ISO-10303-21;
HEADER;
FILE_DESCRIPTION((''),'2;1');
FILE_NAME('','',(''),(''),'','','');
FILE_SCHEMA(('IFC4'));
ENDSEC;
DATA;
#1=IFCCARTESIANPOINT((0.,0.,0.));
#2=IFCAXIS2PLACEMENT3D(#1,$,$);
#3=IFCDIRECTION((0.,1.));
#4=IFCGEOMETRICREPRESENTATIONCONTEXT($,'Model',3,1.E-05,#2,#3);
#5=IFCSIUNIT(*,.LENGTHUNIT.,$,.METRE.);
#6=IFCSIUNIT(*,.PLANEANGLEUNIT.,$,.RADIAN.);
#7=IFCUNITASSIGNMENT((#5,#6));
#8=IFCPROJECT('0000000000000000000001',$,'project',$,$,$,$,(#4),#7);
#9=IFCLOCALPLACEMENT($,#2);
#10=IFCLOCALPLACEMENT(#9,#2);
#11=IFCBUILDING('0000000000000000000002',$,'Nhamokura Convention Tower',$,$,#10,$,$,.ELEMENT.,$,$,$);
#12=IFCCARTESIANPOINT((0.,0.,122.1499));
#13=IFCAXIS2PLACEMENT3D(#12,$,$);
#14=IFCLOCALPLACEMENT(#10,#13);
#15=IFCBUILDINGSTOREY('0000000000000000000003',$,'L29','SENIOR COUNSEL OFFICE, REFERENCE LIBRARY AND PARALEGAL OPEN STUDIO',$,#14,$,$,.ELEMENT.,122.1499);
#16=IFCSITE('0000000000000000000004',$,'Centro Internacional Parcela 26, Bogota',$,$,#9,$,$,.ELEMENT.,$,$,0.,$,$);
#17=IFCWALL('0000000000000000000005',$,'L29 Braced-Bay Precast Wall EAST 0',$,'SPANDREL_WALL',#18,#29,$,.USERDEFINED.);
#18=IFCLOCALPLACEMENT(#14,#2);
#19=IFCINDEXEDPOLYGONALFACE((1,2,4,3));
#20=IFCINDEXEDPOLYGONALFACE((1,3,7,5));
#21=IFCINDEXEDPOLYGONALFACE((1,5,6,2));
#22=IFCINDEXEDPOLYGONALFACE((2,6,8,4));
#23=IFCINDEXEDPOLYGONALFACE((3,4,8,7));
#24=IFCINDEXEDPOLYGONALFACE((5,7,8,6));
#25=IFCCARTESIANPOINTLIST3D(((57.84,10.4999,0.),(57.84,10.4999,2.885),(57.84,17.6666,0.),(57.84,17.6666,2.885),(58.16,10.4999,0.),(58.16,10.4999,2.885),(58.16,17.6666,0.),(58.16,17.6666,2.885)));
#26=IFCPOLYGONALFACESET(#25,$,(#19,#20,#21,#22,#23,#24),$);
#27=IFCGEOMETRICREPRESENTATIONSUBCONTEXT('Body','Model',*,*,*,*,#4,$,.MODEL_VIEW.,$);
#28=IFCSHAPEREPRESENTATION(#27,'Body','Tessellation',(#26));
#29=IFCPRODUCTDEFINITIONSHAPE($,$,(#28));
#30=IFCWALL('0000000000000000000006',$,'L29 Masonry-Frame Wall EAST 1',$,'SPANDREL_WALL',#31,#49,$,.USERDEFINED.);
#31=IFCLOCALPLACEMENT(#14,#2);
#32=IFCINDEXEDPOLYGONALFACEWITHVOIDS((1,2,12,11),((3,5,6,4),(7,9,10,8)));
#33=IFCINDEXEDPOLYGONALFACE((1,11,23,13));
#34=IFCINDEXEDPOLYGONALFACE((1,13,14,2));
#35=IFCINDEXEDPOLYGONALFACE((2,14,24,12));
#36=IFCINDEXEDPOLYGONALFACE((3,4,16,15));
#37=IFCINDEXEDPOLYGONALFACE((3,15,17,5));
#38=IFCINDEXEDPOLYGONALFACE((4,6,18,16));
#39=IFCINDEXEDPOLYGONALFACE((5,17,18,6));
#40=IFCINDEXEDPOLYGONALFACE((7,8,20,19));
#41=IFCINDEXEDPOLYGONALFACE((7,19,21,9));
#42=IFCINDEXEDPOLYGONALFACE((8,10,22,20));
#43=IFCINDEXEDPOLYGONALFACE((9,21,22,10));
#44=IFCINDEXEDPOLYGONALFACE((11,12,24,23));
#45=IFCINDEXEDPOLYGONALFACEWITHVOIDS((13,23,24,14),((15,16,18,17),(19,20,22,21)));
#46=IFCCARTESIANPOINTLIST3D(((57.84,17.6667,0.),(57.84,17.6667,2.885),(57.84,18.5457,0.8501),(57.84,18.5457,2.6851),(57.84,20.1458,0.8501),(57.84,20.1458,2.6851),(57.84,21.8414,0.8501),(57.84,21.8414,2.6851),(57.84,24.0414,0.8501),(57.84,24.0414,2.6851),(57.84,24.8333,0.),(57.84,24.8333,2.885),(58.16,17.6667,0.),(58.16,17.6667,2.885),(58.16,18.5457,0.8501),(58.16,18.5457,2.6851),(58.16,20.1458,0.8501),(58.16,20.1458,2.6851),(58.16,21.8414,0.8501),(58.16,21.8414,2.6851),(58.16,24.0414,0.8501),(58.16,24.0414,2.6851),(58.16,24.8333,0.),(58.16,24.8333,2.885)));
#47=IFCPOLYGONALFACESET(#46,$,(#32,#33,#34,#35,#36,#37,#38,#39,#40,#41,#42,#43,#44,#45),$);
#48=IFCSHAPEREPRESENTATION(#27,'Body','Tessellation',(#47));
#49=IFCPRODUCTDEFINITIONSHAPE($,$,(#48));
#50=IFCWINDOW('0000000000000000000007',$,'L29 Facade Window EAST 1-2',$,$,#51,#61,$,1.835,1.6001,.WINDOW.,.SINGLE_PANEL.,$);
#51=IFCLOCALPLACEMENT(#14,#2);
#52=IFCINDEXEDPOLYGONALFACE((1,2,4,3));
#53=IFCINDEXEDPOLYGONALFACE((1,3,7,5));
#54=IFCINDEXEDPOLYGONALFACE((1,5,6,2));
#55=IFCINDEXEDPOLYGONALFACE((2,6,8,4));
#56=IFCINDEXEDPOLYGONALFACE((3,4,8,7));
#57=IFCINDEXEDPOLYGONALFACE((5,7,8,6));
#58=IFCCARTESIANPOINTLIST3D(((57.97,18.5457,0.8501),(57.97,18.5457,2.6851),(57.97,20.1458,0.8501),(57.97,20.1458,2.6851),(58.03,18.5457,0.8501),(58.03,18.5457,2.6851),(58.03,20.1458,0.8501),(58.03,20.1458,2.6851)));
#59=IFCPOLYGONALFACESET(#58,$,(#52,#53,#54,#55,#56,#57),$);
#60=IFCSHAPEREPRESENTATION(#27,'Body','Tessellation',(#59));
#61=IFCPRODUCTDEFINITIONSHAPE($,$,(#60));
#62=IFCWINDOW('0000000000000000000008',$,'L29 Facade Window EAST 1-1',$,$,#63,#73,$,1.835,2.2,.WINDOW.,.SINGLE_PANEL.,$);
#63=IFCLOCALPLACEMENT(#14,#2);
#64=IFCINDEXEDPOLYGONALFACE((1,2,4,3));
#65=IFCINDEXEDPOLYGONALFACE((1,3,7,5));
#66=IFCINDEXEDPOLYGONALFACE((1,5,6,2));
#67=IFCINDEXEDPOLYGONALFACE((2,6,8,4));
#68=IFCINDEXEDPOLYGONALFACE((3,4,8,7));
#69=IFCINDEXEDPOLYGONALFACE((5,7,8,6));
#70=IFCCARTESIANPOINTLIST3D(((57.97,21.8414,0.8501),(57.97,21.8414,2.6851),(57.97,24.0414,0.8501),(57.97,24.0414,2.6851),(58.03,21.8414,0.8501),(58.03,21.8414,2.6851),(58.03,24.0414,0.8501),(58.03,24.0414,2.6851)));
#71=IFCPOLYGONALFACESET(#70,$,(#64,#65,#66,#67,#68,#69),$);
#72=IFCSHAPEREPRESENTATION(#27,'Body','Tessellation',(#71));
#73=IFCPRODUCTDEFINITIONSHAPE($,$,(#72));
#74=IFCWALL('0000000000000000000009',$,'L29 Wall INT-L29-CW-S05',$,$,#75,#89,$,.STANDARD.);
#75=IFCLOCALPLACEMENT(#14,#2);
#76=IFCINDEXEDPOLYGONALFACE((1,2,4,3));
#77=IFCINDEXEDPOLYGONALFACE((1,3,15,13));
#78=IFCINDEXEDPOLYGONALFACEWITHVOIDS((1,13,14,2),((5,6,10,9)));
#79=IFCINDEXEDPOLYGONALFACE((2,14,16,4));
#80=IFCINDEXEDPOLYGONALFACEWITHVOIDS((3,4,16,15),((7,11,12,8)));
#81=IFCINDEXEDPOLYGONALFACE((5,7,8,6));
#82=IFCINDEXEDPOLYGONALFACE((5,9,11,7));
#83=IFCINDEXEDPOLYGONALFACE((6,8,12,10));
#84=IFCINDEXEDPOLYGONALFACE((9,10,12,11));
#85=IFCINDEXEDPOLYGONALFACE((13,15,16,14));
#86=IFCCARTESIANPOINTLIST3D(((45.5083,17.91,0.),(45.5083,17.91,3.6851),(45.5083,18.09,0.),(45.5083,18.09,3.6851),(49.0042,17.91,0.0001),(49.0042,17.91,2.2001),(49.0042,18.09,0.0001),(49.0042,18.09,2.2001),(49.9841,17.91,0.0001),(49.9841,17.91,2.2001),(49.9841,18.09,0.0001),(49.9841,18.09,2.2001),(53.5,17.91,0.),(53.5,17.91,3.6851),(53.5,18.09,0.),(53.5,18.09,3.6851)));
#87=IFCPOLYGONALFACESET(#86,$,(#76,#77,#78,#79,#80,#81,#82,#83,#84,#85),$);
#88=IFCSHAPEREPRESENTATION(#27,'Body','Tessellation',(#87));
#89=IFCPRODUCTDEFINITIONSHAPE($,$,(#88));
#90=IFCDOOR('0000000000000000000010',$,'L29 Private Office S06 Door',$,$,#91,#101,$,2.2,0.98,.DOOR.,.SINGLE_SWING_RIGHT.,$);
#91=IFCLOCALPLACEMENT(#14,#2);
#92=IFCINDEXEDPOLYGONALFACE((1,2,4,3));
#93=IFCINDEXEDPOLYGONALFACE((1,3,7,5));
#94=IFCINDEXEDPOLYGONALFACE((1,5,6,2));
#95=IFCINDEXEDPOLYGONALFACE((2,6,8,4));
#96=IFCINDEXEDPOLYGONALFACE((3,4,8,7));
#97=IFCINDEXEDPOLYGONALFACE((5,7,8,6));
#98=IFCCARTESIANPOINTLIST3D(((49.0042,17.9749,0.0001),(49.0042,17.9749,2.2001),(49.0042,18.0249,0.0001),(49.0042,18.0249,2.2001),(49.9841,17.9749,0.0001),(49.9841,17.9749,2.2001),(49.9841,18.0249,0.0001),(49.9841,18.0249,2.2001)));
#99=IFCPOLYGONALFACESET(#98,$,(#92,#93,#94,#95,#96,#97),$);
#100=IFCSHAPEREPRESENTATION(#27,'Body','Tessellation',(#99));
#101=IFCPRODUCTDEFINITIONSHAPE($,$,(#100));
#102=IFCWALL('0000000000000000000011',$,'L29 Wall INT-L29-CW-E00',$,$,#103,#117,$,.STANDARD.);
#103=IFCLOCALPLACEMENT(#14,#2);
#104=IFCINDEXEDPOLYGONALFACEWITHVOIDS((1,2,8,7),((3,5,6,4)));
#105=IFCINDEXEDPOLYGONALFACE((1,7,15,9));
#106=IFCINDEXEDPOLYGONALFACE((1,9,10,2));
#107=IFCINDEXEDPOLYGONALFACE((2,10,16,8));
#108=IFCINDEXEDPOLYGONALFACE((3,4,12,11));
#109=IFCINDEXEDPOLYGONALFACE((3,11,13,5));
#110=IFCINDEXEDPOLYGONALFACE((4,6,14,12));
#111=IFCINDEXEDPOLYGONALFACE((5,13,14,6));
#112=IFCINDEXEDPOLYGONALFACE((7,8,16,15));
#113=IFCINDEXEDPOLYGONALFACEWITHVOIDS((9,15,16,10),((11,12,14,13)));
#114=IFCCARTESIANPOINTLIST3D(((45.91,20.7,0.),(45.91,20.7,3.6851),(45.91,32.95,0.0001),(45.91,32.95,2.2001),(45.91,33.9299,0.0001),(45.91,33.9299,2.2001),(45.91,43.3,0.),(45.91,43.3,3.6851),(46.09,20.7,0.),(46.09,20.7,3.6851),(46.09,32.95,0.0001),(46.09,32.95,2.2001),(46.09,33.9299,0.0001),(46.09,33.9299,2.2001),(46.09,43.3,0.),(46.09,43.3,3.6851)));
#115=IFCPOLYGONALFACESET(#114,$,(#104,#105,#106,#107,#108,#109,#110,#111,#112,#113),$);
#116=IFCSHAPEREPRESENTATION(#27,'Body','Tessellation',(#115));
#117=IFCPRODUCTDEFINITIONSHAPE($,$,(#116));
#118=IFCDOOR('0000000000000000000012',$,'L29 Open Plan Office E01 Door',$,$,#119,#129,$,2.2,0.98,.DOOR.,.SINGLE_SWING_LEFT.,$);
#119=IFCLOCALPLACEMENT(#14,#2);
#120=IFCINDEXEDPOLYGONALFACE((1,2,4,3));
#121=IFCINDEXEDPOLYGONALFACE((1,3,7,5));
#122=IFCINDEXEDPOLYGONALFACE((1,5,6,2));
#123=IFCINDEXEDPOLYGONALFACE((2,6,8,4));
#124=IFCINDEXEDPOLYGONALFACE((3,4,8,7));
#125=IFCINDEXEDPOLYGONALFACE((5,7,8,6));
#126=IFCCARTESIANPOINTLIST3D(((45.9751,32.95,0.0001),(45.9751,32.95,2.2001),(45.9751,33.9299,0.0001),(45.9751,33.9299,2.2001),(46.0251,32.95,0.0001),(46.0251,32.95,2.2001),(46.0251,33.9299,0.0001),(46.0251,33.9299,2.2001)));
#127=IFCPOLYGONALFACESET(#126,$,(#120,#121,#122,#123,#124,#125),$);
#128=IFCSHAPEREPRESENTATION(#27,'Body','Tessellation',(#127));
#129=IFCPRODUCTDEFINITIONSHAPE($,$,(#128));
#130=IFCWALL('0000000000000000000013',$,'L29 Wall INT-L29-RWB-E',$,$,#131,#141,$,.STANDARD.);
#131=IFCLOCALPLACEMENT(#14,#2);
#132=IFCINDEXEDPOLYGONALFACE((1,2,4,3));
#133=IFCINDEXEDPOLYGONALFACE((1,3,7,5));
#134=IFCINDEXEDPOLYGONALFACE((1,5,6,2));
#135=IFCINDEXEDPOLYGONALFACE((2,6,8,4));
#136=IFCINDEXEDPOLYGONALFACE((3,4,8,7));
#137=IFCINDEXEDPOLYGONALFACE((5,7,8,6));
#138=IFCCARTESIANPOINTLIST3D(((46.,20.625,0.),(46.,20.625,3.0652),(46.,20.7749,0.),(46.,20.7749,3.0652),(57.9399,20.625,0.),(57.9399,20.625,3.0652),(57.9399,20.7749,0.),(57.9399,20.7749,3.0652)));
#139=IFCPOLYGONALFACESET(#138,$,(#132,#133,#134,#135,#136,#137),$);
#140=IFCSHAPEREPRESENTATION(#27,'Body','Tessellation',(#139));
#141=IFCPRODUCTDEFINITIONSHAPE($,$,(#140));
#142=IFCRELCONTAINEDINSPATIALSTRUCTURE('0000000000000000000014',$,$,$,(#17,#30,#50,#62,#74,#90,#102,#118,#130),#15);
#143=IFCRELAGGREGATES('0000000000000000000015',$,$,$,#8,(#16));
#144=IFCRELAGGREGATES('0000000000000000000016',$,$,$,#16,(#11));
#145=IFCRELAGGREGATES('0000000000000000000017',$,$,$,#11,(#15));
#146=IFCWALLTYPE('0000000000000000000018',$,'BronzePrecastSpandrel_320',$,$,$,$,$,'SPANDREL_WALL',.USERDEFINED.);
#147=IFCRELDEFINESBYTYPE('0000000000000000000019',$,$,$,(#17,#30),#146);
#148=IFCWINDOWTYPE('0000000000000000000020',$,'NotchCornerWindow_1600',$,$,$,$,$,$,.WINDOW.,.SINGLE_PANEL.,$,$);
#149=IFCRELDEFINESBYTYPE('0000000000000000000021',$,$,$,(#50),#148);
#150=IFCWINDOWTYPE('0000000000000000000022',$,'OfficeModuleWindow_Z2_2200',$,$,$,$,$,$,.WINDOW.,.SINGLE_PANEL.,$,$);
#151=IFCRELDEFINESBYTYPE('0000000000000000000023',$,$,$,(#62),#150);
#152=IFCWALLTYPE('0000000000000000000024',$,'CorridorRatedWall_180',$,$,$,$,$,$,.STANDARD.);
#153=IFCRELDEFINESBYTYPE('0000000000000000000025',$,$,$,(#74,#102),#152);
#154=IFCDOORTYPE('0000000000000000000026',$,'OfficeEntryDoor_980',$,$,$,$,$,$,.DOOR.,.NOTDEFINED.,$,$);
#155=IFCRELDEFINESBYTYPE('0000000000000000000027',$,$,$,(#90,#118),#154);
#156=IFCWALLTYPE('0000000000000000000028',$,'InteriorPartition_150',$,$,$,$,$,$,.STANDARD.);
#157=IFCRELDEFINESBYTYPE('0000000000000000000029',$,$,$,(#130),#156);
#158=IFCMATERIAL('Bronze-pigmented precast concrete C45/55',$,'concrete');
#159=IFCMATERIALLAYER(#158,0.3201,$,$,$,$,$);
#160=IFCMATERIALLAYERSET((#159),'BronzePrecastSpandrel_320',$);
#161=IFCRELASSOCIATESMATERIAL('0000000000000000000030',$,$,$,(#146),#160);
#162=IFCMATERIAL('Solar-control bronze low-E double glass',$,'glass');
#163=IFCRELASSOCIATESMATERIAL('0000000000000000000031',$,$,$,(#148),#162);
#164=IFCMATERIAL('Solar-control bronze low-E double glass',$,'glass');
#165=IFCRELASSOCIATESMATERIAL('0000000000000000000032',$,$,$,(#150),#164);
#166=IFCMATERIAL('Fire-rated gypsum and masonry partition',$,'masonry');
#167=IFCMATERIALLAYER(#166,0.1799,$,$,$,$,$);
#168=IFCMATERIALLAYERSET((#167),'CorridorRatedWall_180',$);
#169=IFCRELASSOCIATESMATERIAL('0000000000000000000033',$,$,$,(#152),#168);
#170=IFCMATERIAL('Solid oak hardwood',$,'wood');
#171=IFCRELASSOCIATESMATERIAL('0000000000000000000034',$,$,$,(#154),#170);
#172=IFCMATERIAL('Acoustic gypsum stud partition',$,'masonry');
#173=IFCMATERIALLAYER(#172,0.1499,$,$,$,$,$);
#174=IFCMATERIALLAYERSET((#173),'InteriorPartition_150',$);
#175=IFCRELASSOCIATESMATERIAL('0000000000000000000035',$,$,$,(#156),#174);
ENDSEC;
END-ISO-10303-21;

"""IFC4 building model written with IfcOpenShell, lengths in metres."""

from ifc_helpers import new_model, si_unit, direction, frame, frame_2d, origin, place, context, subcontext, project, spatial, rectangle, extrude, material, layer, layer_set, type_object, element, fill, save


model = new_model("IFC4")

# Units and contexts
model_context = context("Model", 3, precision=1e-05, world=origin(), true_north=direction((0.0, 1.0)))
body_context = subcontext(model_context, "Body", "Model", "MODEL_VIEW")
ifc_project = project(units=[si_unit("LENGTHUNIT", "METRE"), si_unit("PLANEANGLEUNIT", "RADIAN")], contexts=[model_context])

# Site, building, storey
site_placement = place(None, origin())
site = spatial("IfcSite", under=ifc_project, at=site_placement, Name="Centro Internacional Parcela 26, Bogota", CompositionType="ELEMENT", RefElevation=0.0)
building_placement = place(site_placement, origin())
building = spatial("IfcBuilding", under=site, at=building_placement, Name="Nhamokura Convention Tower", CompositionType="ELEMENT")
storey_placement = place(building_placement, frame((0.0, 0.0, 122.1499)))
storey = spatial("IfcBuildingStorey", under=building, at=storey_placement, Name="L29", Description="SENIOR COUNSEL OFFICE, REFERENCE LIBRARY AND PARALEGAL OPEN STUDIO", CompositionType="ELEMENT", Elevation=122.1499)

# Wall
ifc_material_1 = material(Name="Bronze-pigmented precast concrete C45/55", Category="concrete")
ifc_layer_1 = layer(ifc_material_1, 0.3201)
ifc_layer_set_1 = layer_set([ifc_layer_1], Name="BronzePrecastSpandrel_320")
wall_type_1 = type_object("IfcWallType", Name="BronzePrecastSpandrel_320", ElementType="SPANDREL_WALL", PredefinedType="USERDEFINED", material=ifc_layer_set_1)
wall_1_placement = place(storey_placement, frame((58.0, 17.6667, 0.0), z_axis=(0.0, 0.0, 1.0), x_axis=(0.0, -1.0, 0.0)))
element("IfcWall", 1, at=wall_1_placement, inside=storey, type_object=wall_type_1, Name="L29 Braced-Bay Precast Wall EAST 0", ObjectType="SPANDREL_WALL", PredefinedType="USERDEFINED", context=body_context, shape_type="SweptSolid", body=[
    extrude(rectangle(XDim=7.1667, YDim=0.3201, at=frame_2d((3.5835, 0.0))), origin(), (0.0, 0.0, 1.0), 2.885),
])

# Wall, openings, windows
wall_2_placement = place(storey_placement, frame((58.0, 24.8333, 0.0), z_axis=(0.0, 0.0, 1.0), x_axis=(0.0, -1.0, 0.0)))
wall_2 = element("IfcWall", 2, at=wall_2_placement, inside=storey, type_object=wall_type_1, Name="L29 Masonry-Frame Wall EAST 1", ObjectType="SPANDREL_WALL", PredefinedType="USERDEFINED", context=body_context, shape_type="SweptSolid", body=[
    extrude(rectangle(XDim=7.1665, YDim=0.3201, at=frame_2d((3.5833, 0.0))), origin(), (0.0, 0.0, 1.0), 2.885),
])
opening_1_placement = place(wall_2_placement, frame((0.7917, 0.0, 0.8501)))
opening_1 = element("IfcOpeningElement", 3, at=opening_1_placement, cuts=wall_2, PredefinedType="OPENING", context=body_context, shape_type="SweptSolid", body=[
    extrude(rectangle(XDim=2.2, YDim=1.835, at=frame_2d((1.1001, 0.9175))), frame((0.0, 0.1699, 0.0), z_axis=(0.0, -1.0, 0.0), x_axis=(1.0, 0.0, 0.0)), (0.0, 0.0, 1.0), 0.3401),
])
opening_2_placement = place(wall_2_placement, frame((4.6875, 0.0, 0.8501)))
opening_2 = element("IfcOpeningElement", 4, at=opening_2_placement, cuts=wall_2, PredefinedType="OPENING", context=body_context, shape_type="SweptSolid", body=[
    extrude(rectangle(XDim=1.6001, YDim=1.835, at=frame_2d((0.8, 0.9175))), frame((0.0, 0.1699, 0.0), z_axis=(0.0, -1.0, 0.0), x_axis=(1.0, 0.0, 0.0)), (0.0, 0.0, 1.0), 0.3401),
])
ifc_material_2 = material(Name="Solar-control bronze low-E double glass", Category="glass")
window_type_1 = type_object("IfcWindowType", Name="NotchCornerWindow_1600", PartitioningType="SINGLE_PANEL", PredefinedType="WINDOW", material=ifc_material_2)
window_1_placement = place(opening_2_placement, origin())
window_1 = element("IfcWindow", 5, at=window_1_placement, inside=storey, type_object=window_type_1, Name="L29 Facade Window EAST 1-2", OverallHeight=1.835, OverallWidth=1.6001, PartitioningType="SINGLE_PANEL", PredefinedType="WINDOW", context=body_context, shape_type="SweptSolid", body=[
    extrude(rectangle(XDim=1.6001, YDim=1.835, at=frame_2d((0.8, 0.9175))), frame((0.0, 0.03, 0.0), z_axis=(0.0, -1.0, 0.0), x_axis=(1.0, 0.0, 0.0)), (0.0, 0.0, 1.0), 0.0601),
])
fill(opening_2, window_1)
ifc_material_3 = material(Name="Solar-control bronze low-E double glass", Category="glass")
window_type_2 = type_object("IfcWindowType", Name="OfficeModuleWindow_Z2_2200", PartitioningType="SINGLE_PANEL", PredefinedType="WINDOW", material=ifc_material_3)
window_2_placement = place(opening_1_placement, origin())
window_2 = element("IfcWindow", 6, at=window_2_placement, inside=storey, type_object=window_type_2, Name="L29 Facade Window EAST 1-1", OverallHeight=1.835, OverallWidth=2.2, PartitioningType="SINGLE_PANEL", PredefinedType="WINDOW", context=body_context, shape_type="SweptSolid", body=[
    extrude(rectangle(XDim=2.2, YDim=1.835, at=frame_2d((1.1001, 0.9175))), frame((0.0, 0.03, 0.0), z_axis=(0.0, -1.0, 0.0), x_axis=(1.0, 0.0, 0.0)), (0.0, 0.0, 1.0), 0.0601),
])
fill(opening_1, window_2)

# Walls, openings, doors
ifc_material_4 = material(Name="Fire-rated gypsum and masonry partition", Category="masonry")
ifc_layer_2 = layer(ifc_material_4, 0.1799)
ifc_layer_set_2 = layer_set([ifc_layer_2], Name="CorridorRatedWall_180")
wall_type_2 = type_object("IfcWallType", Name="CorridorRatedWall_180", PredefinedType="STANDARD", material=ifc_layer_set_2)
wall_3_placement = place(storey_placement, frame((45.5083, 18.0, 0.0), z_axis=(0.0, 0.0, 1.0), x_axis=(1.0, 0.0, 0.0)))
wall_3 = element("IfcWall", 7, at=wall_3_placement, inside=storey, type_object=wall_type_2, Name="L29 Wall INT-L29-CW-S05", PredefinedType="STANDARD", context=body_context, shape_type="SweptSolid", body=[
    extrude(rectangle(XDim=7.9917, YDim=0.1799, at=frame_2d((3.9958, 0.0))), origin(), (0.0, 0.0, 1.0), 3.6851),
])
opening_3_placement = place(wall_3_placement, frame((3.4958, 0.0, 0.0)))
opening_3 = element("IfcOpeningElement", 8, at=opening_3_placement, cuts=wall_3, PredefinedType="OPENING", context=body_context, shape_type="SweptSolid", body=[
    extrude(rectangle(XDim=0.98, YDim=2.2, at=frame_2d((0.49, 1.1001))), frame((0.0, 0.0999, 0.0), z_axis=(0.0, -1.0, 0.0), x_axis=(1.0, 0.0, 0.0)), (0.0, 0.0, 1.0), 0.2),
])
ifc_material_5 = material(Name="Solid oak hardwood", Category="wood")
door_type = type_object("IfcDoorType", Name="OfficeEntryDoor_980", OperationType="NOTDEFINED", PredefinedType="DOOR", material=ifc_material_5)
door_1_placement = place(opening_3_placement, origin())
door_1 = element("IfcDoor", 9, at=door_1_placement, inside=storey, type_object=door_type, Name="L29 Private Office S06 Door", OperationType="SINGLE_SWING_RIGHT", OverallHeight=2.2, OverallWidth=0.98, PredefinedType="DOOR", context=body_context, shape_type="SweptSolid", body=[
    extrude(rectangle(XDim=0.98, YDim=2.2, at=frame_2d((0.49, 1.1001))), frame((0.0, 0.0249, 0.0), z_axis=(0.0, -1.0, 0.0), x_axis=(1.0, 0.0, 0.0)), (0.0, 0.0, 1.0), 0.05),
])
fill(opening_3, door_1)
wall_4_placement = place(storey_placement, frame((46.0, 20.7, 0.0), z_axis=(0.0, 0.0, 1.0), x_axis=(0.0, 1.0, 0.0)))
wall_4 = element("IfcWall", 10, at=wall_4_placement, inside=storey, type_object=wall_type_2, Name="L29 Wall INT-L29-CW-E00", PredefinedType="STANDARD", context=body_context, shape_type="SweptSolid", body=[
    extrude(rectangle(XDim=22.6001, YDim=0.1799, at=frame_2d((11.3, 0.0))), origin(), (0.0, 0.0, 1.0), 3.6851),
])
opening_4_placement = place(wall_4_placement, frame((12.25, 0.0, 0.0)))
opening_4 = element("IfcOpeningElement", 11, at=opening_4_placement, cuts=wall_4, PredefinedType="OPENING", context=body_context, shape_type="SweptSolid", body=[
    extrude(rectangle(XDim=0.98, YDim=2.2, at=frame_2d((0.49, 1.1001))), frame((0.0, 0.0999, 0.0), z_axis=(0.0, -1.0, 0.0), x_axis=(1.0, 0.0, 0.0)), (0.0, 0.0, 1.0), 0.2),
])
door_2_placement = place(opening_4_placement, origin())
door_2 = element("IfcDoor", 12, at=door_2_placement, inside=storey, type_object=door_type, Name="L29 Open Plan Office E01 Door", OperationType="SINGLE_SWING_LEFT", OverallHeight=2.2, OverallWidth=0.98, PredefinedType="DOOR", context=body_context, shape_type="SweptSolid", body=[
    extrude(rectangle(XDim=0.98, YDim=2.2, at=frame_2d((0.49, 1.1001))), frame((0.0, 0.0249, 0.0), z_axis=(0.0, -1.0, 0.0), x_axis=(1.0, 0.0, 0.0)), (0.0, 0.0, 1.0), 0.05),
])
fill(opening_4, door_2)

# Wall
ifc_material_6 = material(Name="Acoustic gypsum stud partition", Category="masonry")
ifc_layer_3 = layer(ifc_material_6, 0.1499)
ifc_layer_set_3 = layer_set([ifc_layer_3], Name="InteriorPartition_150")
wall_type_3 = type_object("IfcWallType", Name="InteriorPartition_150", PredefinedType="STANDARD", material=ifc_layer_set_3)
wall_5_placement = place(storey_placement, frame((46.0, 20.7, 0.0), z_axis=(0.0, 0.0, 1.0), x_axis=(1.0, 0.0, 0.0)))
element("IfcWall", 13, at=wall_5_placement, inside=storey, type_object=wall_type_3, Name="L29 Wall INT-L29-RWB-E", PredefinedType="STANDARD", context=body_context, shape_type="SweptSolid", body=[
    extrude(rectangle(XDim=11.9399, YDim=0.1499, at=frame_2d((5.97, 0.0))), origin(), (0.0, 0.0, 1.0), 3.0652),
])

save(model, "model.ifc")
